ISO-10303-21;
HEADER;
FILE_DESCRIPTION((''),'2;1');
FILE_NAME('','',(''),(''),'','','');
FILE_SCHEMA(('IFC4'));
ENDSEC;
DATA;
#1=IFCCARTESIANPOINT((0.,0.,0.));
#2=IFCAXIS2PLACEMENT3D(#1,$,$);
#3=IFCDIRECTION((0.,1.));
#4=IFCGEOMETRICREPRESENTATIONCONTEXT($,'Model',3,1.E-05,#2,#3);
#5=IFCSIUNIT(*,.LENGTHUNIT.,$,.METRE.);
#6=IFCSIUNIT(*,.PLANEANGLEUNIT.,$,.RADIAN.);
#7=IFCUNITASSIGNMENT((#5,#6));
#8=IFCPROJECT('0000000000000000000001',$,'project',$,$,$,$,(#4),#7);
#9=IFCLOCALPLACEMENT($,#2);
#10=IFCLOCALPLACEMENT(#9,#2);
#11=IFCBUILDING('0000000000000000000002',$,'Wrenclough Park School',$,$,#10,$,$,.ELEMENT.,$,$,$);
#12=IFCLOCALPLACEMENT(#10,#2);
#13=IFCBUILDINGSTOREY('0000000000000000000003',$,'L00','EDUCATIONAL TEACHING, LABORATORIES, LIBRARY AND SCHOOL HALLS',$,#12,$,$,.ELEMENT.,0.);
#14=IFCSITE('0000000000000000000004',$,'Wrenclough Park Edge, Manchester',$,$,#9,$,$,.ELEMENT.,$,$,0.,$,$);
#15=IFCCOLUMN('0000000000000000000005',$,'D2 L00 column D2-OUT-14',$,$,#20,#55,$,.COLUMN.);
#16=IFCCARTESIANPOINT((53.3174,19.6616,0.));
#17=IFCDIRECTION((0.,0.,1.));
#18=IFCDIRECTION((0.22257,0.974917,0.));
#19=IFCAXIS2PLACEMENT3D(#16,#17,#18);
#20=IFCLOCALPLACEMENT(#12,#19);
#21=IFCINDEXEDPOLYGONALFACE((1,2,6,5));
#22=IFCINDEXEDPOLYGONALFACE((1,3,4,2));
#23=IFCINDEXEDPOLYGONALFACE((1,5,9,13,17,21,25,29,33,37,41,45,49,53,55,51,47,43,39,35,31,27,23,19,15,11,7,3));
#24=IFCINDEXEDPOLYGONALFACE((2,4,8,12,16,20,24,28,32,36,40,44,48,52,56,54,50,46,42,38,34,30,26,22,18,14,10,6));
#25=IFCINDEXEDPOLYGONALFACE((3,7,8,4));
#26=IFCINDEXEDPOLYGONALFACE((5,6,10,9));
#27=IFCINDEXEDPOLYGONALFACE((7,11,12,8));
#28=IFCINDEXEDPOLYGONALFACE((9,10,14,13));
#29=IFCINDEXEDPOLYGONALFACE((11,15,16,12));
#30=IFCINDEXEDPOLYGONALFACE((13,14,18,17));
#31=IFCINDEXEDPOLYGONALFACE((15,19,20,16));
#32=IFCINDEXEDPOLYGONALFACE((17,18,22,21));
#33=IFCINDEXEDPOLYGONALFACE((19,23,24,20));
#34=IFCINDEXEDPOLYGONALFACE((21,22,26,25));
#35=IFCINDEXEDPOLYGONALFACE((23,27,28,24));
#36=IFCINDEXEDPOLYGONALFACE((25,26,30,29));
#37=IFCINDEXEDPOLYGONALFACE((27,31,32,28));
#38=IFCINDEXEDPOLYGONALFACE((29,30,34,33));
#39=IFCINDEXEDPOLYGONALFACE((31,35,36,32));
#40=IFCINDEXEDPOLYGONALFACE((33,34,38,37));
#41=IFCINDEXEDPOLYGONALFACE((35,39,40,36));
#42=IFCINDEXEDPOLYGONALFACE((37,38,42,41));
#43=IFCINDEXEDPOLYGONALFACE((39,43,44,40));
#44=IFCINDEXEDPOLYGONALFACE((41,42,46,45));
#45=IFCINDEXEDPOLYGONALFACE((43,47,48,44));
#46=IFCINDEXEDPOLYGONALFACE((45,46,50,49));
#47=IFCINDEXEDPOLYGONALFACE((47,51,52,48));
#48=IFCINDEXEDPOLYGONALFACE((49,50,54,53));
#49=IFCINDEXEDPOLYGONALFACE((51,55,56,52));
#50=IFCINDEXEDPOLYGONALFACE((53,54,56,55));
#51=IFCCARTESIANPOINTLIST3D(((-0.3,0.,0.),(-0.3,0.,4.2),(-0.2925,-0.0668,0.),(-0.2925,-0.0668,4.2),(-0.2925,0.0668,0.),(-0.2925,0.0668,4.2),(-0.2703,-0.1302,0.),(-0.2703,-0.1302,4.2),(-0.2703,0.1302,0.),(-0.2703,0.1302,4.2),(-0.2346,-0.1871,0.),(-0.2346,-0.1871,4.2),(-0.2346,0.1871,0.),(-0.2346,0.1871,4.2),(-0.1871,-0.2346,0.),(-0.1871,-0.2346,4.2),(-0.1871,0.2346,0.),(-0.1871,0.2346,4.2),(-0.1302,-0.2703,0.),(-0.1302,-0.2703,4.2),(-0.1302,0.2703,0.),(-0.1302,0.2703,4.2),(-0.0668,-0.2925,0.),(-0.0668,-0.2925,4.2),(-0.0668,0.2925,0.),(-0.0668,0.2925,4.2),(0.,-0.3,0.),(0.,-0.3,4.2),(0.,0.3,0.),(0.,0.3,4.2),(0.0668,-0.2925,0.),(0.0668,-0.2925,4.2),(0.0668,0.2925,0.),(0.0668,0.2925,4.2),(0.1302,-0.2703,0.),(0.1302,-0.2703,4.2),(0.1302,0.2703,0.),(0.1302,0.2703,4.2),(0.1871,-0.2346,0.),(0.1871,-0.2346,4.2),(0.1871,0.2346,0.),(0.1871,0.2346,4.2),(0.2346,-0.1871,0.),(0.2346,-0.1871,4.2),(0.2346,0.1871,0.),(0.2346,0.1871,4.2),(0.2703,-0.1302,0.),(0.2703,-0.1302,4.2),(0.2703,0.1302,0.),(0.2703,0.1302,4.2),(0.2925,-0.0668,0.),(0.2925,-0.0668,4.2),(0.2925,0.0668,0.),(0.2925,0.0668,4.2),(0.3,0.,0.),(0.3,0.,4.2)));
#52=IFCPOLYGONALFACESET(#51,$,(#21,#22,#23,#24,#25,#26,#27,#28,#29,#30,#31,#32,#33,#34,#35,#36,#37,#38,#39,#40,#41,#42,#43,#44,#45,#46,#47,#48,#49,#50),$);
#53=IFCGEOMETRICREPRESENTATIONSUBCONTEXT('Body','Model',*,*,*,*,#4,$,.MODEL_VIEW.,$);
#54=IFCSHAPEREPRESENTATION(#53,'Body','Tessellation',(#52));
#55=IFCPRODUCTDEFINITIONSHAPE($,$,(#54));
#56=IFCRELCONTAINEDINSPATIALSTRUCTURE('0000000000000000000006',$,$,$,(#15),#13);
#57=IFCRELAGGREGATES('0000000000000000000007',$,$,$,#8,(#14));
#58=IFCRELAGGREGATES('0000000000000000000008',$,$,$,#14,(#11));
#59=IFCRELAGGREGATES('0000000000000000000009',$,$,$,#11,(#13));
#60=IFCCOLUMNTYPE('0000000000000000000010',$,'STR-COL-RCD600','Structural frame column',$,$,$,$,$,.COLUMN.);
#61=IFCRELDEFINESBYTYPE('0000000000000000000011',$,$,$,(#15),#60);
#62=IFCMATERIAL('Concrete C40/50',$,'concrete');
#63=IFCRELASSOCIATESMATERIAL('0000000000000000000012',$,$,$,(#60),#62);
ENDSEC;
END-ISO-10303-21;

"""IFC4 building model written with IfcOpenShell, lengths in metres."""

from ifc_helpers import new_model, si_unit, direction, frame, origin, origin_2d, place, context, subcontext, project, spatial, circle, extrude, material, material_profile, profile_set, type_object, element, save


model = new_model("IFC4")

# Units and contexts
model_context = context("Model", 3, precision=1e-05, world=origin(), true_north=direction((0.0, 1.0)))
body_context = subcontext(model_context, "Body", "Model", "MODEL_VIEW")
ifc_project = project(units=[si_unit("LENGTHUNIT", "METRE"), si_unit("PLANEANGLEUNIT", "RADIAN")], contexts=[model_context])

# Site, building, storey
site_placement = place(None, origin())
site = spatial("IfcSite", under=ifc_project, at=site_placement, Name="Wrenclough Park Edge, Manchester", CompositionType="ELEMENT", RefElevation=0.0)
building_placement = place(site_placement, origin())
building = spatial("IfcBuilding", under=site, at=building_placement, Name="Wrenclough Park School", CompositionType="ELEMENT")
storey_placement = place(building_placement, origin())
storey = spatial("IfcBuildingStorey", under=building, at=storey_placement, Name="L00", Description="EDUCATIONAL TEACHING, LABORATORIES, LIBRARY AND SCHOOL HALLS", CompositionType="ELEMENT", Elevation=0.0)

# Column
ifc_material_1 = material(Name="Concrete C40/50", Category="concrete")
ifc_material_profile_1 = material_profile(ifc_material_1, circle(Radius=0.3, at=origin_2d()), Name="RC COL D600")
ifc_profile_set_1 = profile_set([ifc_material_profile_1], Name="Concrete C40/50")
column_type = type_object("IfcColumnType", Name="STR-COL-RCD600", Description="Structural frame column", PredefinedType="COLUMN", material=ifc_profile_set_1)
column_placement = place(storey_placement, frame((53.3174, 19.6616, 0.0), z_axis=(0.0, 0.0, 1.0), x_axis=(0.22257, 0.974917, 0.0)))
element("IfcColumn", 1, at=column_placement, inside=storey, type_object=column_type, Name="D2 L00 column D2-OUT-14", PredefinedType="COLUMN", context=body_context, shape_type="SweptSolid", body=[
    extrude(circle(Radius=0.3, at=origin_2d()), origin(), (0.0, 0.0, 1.0), 4.2),
])

save(model, "model.ifc")
